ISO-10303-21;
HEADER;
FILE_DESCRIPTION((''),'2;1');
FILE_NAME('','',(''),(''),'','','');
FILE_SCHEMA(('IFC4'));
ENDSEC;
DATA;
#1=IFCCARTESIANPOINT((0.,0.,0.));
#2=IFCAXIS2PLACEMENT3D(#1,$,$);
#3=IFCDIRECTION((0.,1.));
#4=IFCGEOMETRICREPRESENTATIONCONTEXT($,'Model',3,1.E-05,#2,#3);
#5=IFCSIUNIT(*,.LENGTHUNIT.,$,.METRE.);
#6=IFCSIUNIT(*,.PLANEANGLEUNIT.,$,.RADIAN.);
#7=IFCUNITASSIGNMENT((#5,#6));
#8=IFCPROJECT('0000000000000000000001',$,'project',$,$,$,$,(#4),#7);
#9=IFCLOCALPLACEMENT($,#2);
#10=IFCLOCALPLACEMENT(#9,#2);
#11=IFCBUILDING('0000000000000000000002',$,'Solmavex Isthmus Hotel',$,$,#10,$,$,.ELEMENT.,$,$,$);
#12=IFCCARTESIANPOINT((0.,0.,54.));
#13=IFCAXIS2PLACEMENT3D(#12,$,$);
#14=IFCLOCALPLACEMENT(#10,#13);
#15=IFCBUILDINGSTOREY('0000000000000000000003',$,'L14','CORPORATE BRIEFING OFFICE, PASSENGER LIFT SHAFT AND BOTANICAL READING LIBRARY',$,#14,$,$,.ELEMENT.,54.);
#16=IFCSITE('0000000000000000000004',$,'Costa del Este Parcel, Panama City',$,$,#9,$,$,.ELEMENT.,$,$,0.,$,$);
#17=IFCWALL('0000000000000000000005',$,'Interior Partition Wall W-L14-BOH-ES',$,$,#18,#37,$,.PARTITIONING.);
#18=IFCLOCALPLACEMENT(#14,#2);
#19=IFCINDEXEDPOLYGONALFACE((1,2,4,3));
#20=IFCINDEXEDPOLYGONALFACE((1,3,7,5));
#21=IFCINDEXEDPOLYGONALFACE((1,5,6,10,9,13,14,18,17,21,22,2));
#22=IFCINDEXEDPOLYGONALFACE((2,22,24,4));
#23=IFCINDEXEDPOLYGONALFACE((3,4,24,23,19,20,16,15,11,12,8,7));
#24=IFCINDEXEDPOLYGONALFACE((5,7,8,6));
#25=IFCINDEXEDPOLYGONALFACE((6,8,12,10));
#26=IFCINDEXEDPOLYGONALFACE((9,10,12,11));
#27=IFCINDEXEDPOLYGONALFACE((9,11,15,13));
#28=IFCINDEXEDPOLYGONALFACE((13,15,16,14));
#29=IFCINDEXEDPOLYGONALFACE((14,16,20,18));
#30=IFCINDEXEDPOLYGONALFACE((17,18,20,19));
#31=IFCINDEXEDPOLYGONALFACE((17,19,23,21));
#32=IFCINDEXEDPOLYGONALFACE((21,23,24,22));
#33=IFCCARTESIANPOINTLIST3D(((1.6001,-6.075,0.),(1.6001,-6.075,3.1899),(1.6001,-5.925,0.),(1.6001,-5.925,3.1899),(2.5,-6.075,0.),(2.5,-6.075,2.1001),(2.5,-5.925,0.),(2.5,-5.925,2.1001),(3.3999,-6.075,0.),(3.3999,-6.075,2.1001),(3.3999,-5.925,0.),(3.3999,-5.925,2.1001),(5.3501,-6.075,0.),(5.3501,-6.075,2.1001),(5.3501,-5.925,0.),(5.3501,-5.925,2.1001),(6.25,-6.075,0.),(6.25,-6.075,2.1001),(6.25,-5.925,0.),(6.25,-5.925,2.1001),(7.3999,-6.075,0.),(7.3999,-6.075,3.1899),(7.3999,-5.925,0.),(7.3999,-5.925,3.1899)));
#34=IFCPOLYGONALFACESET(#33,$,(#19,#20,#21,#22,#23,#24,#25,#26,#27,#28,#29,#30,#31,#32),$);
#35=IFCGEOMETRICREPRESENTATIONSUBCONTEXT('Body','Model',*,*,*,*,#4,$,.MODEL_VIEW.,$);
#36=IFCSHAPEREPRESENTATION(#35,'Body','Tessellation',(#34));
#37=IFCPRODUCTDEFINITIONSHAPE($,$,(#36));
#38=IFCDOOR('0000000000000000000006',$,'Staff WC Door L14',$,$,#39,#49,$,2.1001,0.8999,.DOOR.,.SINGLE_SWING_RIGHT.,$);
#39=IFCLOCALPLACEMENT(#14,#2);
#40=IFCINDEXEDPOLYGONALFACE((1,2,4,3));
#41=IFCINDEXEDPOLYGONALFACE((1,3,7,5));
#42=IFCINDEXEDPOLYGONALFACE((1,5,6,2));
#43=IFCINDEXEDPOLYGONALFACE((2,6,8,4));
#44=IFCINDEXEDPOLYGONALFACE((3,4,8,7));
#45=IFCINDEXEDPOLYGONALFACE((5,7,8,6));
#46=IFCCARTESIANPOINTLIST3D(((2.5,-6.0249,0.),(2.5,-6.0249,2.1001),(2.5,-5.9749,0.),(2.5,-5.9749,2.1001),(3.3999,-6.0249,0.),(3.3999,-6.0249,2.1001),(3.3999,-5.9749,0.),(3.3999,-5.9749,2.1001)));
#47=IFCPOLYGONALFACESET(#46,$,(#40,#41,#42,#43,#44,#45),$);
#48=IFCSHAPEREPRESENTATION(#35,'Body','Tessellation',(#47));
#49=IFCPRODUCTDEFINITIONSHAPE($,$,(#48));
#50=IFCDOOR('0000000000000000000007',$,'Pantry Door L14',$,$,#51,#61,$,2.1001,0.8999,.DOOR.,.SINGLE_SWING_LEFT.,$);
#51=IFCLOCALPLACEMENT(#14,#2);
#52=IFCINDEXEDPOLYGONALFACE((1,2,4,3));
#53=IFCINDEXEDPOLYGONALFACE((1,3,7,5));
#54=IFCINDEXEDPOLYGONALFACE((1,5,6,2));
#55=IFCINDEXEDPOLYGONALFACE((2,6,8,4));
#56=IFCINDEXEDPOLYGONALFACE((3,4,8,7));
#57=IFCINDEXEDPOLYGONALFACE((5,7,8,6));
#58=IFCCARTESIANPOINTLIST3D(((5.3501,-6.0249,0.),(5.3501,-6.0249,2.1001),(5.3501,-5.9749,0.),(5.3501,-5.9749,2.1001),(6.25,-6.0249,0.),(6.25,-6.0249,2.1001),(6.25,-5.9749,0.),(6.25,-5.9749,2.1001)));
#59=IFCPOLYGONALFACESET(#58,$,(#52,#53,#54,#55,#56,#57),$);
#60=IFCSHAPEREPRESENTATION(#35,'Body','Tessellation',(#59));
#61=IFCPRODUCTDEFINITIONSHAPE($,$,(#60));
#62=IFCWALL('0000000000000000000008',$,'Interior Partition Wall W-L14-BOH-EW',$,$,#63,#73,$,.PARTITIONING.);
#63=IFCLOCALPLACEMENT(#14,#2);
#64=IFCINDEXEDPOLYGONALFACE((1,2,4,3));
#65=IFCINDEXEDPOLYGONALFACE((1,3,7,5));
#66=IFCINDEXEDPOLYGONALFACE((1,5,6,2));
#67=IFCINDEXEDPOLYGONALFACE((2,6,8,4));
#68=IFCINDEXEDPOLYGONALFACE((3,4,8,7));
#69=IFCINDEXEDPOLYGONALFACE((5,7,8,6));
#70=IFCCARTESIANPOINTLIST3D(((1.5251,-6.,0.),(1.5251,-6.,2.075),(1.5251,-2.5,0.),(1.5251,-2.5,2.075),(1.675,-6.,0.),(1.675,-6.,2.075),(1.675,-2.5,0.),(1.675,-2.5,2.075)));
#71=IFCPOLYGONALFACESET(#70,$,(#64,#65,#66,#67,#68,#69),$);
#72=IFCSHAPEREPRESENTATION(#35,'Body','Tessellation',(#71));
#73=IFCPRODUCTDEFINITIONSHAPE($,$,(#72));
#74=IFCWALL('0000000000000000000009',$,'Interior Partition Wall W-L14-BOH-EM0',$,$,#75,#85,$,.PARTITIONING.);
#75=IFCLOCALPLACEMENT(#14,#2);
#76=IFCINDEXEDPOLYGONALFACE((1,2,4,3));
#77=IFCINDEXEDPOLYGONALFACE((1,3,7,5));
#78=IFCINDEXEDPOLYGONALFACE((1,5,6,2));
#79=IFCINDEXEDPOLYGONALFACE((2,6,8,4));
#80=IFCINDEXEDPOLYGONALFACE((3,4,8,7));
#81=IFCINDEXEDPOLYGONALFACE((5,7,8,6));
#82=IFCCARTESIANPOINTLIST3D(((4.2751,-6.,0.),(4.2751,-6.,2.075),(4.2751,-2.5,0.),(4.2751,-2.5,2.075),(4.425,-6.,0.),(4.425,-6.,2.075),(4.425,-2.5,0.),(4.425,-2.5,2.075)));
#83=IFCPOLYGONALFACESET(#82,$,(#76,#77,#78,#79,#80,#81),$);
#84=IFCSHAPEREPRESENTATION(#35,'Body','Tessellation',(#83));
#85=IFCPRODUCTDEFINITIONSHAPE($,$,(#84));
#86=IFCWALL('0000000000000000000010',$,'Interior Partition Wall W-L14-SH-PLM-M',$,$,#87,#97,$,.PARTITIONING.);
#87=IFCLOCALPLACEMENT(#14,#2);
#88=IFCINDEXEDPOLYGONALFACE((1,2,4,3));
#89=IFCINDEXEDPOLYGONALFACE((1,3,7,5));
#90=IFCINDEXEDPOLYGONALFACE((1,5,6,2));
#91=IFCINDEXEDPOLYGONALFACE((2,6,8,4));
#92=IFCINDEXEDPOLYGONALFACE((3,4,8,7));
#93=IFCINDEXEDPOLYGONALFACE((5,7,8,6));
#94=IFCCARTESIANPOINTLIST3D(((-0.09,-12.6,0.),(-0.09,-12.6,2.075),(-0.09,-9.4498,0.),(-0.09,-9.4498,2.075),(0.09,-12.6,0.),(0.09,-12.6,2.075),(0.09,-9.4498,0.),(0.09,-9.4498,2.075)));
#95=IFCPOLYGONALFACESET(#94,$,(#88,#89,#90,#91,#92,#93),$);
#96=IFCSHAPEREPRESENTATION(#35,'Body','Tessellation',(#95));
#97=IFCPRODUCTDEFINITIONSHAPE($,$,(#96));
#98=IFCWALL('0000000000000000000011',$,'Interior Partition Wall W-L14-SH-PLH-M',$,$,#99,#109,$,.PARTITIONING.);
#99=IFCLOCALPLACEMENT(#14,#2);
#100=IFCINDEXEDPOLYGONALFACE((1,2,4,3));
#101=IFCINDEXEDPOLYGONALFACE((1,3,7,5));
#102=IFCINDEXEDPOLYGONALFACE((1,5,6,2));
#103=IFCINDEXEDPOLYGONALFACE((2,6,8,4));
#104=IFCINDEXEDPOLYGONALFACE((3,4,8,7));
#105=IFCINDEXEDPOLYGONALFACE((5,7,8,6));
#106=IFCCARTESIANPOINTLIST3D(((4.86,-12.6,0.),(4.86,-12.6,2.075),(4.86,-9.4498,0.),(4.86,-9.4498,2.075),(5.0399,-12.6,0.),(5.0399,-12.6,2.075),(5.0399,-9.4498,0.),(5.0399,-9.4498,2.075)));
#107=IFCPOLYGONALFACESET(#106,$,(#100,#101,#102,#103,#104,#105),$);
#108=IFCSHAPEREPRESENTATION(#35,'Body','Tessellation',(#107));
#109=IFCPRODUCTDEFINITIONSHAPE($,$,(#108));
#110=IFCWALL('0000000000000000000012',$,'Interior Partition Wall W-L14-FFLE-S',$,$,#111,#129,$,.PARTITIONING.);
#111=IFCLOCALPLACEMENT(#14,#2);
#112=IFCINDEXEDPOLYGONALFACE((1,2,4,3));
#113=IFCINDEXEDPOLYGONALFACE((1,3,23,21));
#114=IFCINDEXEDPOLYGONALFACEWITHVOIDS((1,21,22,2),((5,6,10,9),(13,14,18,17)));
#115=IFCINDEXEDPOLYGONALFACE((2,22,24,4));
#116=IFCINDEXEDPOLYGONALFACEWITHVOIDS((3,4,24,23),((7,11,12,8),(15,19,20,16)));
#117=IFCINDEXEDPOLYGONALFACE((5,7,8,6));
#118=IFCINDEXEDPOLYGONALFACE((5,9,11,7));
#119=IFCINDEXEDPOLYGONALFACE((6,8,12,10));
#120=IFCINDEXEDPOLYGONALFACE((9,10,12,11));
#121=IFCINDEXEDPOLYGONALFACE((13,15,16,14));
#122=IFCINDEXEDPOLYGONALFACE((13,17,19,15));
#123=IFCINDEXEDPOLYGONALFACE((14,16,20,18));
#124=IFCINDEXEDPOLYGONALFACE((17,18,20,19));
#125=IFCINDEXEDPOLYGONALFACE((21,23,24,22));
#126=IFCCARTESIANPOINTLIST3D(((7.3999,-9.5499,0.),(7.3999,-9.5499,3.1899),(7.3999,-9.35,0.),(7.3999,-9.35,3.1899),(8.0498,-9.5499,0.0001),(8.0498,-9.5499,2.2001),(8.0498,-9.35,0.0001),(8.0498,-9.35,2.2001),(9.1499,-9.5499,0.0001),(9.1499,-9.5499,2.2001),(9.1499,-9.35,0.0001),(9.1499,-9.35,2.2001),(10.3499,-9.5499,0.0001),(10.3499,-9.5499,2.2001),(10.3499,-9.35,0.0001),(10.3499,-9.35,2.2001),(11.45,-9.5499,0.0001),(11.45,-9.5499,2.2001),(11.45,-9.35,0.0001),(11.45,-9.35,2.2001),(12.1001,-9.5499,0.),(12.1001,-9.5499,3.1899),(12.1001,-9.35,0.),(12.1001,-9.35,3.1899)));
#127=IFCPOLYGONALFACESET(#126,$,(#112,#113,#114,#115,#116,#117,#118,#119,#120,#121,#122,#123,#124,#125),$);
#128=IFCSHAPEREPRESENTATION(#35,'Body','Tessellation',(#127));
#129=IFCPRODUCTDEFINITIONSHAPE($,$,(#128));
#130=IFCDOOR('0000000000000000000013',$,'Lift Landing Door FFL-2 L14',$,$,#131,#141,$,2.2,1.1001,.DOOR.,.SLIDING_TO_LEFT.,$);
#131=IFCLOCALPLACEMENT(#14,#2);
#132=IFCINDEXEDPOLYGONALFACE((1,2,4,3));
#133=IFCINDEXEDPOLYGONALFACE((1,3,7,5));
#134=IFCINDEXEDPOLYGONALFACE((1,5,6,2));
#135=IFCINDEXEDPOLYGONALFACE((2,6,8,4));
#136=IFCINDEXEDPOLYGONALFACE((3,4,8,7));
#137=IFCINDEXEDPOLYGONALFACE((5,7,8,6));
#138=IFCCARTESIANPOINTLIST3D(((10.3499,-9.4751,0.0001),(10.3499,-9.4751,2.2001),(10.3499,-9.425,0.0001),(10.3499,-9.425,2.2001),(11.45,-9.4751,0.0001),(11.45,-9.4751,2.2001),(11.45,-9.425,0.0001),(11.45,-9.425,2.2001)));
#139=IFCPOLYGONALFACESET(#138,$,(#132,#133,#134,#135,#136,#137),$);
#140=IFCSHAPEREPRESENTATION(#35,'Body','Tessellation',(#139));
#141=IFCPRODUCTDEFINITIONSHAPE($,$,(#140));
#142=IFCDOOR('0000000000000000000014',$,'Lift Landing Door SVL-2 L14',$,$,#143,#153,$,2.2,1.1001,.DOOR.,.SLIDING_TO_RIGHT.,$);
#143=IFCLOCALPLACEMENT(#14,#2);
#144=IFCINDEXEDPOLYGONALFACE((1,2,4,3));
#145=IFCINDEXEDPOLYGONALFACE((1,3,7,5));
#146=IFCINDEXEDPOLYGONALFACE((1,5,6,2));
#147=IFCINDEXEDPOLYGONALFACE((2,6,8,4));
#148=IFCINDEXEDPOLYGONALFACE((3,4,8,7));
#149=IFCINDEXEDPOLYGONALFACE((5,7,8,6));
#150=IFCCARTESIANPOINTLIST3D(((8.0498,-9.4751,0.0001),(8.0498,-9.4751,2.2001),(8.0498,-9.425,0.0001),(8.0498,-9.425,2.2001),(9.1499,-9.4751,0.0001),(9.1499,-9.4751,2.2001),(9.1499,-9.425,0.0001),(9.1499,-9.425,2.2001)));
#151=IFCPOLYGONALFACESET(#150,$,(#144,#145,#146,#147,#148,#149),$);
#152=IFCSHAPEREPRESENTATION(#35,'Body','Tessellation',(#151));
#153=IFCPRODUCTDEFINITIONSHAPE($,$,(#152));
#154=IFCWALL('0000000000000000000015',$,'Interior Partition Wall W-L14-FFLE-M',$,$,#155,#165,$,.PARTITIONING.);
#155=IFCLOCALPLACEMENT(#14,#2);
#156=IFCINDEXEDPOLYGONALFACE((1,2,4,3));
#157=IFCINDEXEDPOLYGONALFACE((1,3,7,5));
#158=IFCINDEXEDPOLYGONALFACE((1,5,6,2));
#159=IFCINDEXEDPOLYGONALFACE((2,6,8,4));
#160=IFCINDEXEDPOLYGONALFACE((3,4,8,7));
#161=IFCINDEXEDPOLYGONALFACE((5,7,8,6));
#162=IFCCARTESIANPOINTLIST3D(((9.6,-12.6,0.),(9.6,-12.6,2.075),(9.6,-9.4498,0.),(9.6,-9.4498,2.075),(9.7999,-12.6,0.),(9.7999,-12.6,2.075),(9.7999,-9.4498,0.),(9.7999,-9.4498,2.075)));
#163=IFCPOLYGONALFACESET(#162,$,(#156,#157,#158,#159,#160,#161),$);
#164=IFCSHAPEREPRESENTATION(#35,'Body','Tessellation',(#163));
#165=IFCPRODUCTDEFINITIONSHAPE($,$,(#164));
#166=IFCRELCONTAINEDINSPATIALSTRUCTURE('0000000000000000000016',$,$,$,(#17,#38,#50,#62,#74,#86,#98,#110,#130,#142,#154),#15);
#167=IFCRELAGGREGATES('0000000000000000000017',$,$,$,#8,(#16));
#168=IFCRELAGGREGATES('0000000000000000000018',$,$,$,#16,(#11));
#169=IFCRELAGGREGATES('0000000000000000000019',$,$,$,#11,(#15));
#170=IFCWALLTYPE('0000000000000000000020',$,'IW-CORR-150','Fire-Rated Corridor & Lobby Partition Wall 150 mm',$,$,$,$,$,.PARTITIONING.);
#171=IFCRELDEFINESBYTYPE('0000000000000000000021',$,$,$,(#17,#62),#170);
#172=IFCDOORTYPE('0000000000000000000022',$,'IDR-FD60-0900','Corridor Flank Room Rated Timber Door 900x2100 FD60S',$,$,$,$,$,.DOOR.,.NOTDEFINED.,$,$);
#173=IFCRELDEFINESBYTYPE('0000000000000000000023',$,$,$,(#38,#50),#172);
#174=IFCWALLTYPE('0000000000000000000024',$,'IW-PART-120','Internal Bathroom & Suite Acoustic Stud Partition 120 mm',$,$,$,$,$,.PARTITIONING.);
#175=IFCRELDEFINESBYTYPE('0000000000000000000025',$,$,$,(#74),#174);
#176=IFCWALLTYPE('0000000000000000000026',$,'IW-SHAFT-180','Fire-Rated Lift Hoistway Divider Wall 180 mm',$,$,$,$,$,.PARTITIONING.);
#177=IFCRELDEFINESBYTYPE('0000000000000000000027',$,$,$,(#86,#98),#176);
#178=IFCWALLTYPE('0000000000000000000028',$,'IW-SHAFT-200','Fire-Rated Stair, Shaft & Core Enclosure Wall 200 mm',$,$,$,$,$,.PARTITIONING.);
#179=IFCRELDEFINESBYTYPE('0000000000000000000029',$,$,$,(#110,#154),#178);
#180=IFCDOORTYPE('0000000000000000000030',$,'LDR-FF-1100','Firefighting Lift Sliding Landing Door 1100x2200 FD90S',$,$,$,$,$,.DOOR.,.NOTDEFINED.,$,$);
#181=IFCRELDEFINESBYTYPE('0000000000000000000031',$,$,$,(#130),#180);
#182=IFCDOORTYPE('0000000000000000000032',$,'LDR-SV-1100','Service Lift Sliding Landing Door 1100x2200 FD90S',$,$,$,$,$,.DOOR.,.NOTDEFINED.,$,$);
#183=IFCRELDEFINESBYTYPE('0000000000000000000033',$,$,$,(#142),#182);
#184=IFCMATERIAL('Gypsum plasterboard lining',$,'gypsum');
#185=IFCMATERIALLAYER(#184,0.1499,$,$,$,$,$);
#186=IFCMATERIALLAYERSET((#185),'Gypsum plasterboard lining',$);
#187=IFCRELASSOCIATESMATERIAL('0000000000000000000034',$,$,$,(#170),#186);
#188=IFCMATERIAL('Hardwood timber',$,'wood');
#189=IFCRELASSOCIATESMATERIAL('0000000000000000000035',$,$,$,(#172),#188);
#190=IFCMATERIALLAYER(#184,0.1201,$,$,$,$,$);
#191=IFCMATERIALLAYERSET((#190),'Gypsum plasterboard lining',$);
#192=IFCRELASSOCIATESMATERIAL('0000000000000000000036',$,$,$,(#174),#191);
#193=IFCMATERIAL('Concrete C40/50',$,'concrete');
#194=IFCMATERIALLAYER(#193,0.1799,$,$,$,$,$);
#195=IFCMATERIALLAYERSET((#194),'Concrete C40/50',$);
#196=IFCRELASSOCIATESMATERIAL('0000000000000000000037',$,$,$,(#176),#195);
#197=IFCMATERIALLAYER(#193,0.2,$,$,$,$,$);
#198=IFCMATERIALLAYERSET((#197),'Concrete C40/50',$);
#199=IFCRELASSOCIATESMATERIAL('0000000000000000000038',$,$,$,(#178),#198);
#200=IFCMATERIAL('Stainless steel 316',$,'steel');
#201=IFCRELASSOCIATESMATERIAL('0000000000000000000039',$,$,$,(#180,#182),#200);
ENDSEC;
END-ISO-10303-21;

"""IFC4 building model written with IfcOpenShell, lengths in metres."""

from ifc_helpers import new_model, si_unit, direction, frame, frame_2d, origin, place, context, subcontext, project, spatial, rectangle, extrude, material, layer, layer_set, type_object, element, fill, save


model = new_model("IFC4")

# Units and contexts
model_context = context("Model", 3, precision=1e-05, world=origin(), true_north=direction((0.0, 1.0)))
body_context = subcontext(model_context, "Body", "Model", "MODEL_VIEW")
ifc_project = project(units=[si_unit("LENGTHUNIT", "METRE"), si_unit("PLANEANGLEUNIT", "RADIAN")], contexts=[model_context])

# Site, building, storey
site_placement = place(None, origin())
site = spatial("IfcSite", under=ifc_project, at=site_placement, Name="Costa del Este Parcel, Panama City", CompositionType="ELEMENT", RefElevation=0.0)
building_placement = place(site_placement, origin())
building = spatial("IfcBuilding", under=site, at=building_placement, Name="Solmavex Isthmus Hotel", CompositionType="ELEMENT")
storey_placement = place(building_placement, frame((0.0, 0.0, 54.0)))
storey = spatial("IfcBuildingStorey", under=building, at=storey_placement, Name="L14", Description="CORPORATE BRIEFING OFFICE, PASSENGER LIFT SHAFT AND BOTANICAL READING LIBRARY", CompositionType="ELEMENT", Elevation=54.0)

# Shared definitions
ifc_material_1 = material(Name="Concrete C40/50", Category="concrete")

# Shared definitions
ifc_material_2 = material(Name="Gypsum plasterboard lining", Category="gypsum")
ifc_material_3 = material(Name="Hardwood timber", Category="wood")

# Wall, openings, doors
ifc_layer_1 = layer(ifc_material_2, 0.1499)
ifc_layer_set_1 = layer_set([ifc_layer_1], Name="Gypsum plasterboard lining")
wall_type_1 = type_object("IfcWallType", Name="IW-CORR-150", Description="Fire-Rated Corridor & Lobby Partition Wall 150 mm", PredefinedType="PARTITIONING", material=ifc_layer_set_1)
wall_1_placement = place(storey_placement, frame((1.6001, -6.0, 0.0), z_axis=(0.0, 0.0, 1.0), x_axis=(1.0, 0.0, 0.0)))
wall_1 = element("IfcWall", 1, at=wall_1_placement, inside=storey, type_object=wall_type_1, Name="Interior Partition Wall W-L14-BOH-ES", PredefinedType="PARTITIONING", context=body_context, shape_type="SweptSolid", body=[
    extrude(rectangle(XDim=5.7998, YDim=0.1499, at=frame_2d((2.8999, 0.0))), origin(), (0.0, 0.0, 1.0), 3.1899),
])
opening_1_placement = place(wall_1_placement, frame((0.8999, 0.0, 0.0)))
opening_1 = element("IfcOpeningElement", 2, at=opening_1_placement, cuts=wall_1, PredefinedType="OPENING", context=body_context, shape_type="SweptSolid", body=[
    extrude(rectangle(XDim=0.8999, YDim=2.1001, at=frame_2d((0.45, 1.05))), frame((0.0, 0.085, 0.0), z_axis=(0.0, -1.0, 0.0), x_axis=(1.0, 0.0, 0.0)), (0.0, 0.0, 1.0), 0.1699),
])
opening_2_placement = place(wall_1_placement, frame((3.75, 0.0, 0.0)))
opening_2 = element("IfcOpeningElement", 3, at=opening_2_placement, cuts=wall_1, PredefinedType="OPENING", context=body_context, shape_type="SweptSolid", body=[
    extrude(rectangle(XDim=0.8999, YDim=2.1001, at=frame_2d((0.45, 1.05))), frame((0.0, 0.085, 0.0), z_axis=(0.0, -1.0, 0.0), x_axis=(1.0, 0.0, 0.0)), (0.0, 0.0, 1.0), 0.1699),
])
door_type_1 = type_object("IfcDoorType", Name="IDR-FD60-0900", Description="Corridor Flank Room Rated Timber Door 900x2100 FD60S", OperationType="NOTDEFINED", PredefinedType="DOOR", material=ifc_material_3)
door_1_placement = place(opening_1_placement, frame((0.8999, 0.0, 0.0), z_axis=(0.0, 0.0, 1.0), x_axis=(-1.0, 0.0, 0.0)))
door_1 = element("IfcDoor", 4, at=door_1_placement, inside=storey, type_object=door_type_1, Name="Staff WC Door L14", OperationType="SINGLE_SWING_RIGHT", OverallHeight=2.1001, OverallWidth=0.8999, PredefinedType="DOOR", context=body_context, shape_type="SweptSolid", body=[
    extrude(rectangle(XDim=0.8999, YDim=2.1001, at=frame_2d((0.45, 1.05))), frame((0.0, 0.0249, 0.0), z_axis=(0.0, -1.0, 0.0), x_axis=(1.0, 0.0, 0.0)), (0.0, 0.0, 1.0), 0.05),
])
fill(opening_1, door_1)
door_2_placement = place(opening_2_placement, frame((0.8999, 0.0, 0.0), z_axis=(0.0, 0.0, 1.0), x_axis=(-1.0, 0.0, 0.0)))
door_2 = element("IfcDoor", 5, at=door_2_placement, inside=storey, type_object=door_type_1, Name="Pantry Door L14", OperationType="SINGLE_SWING_LEFT", OverallHeight=2.1001, OverallWidth=0.8999, PredefinedType="DOOR", context=body_context, shape_type="SweptSolid", body=[
    extrude(rectangle(XDim=0.8999, YDim=2.1001, at=frame_2d((0.45, 1.05))), frame((0.0, 0.0249, 0.0), z_axis=(0.0, -1.0, 0.0), x_axis=(1.0, 0.0, 0.0)), (0.0, 0.0, 1.0), 0.05),
])
fill(opening_2, door_2)

# Walls
wall_2_placement = place(storey_placement, frame((1.6001, -6.0, 0.0), z_axis=(0.0, 0.0, 1.0), x_axis=(0.0, 1.0, 0.0)))
element("IfcWall", 6, at=wall_2_placement, inside=storey, type_object=wall_type_1, Name="Interior Partition Wall W-L14-BOH-EW", PredefinedType="PARTITIONING", context=body_context, shape_type="SweptSolid", body=[
    extrude(rectangle(XDim=3.5, YDim=0.1499, at=frame_2d((1.75, 0.0))), origin(), (0.0, 0.0, 1.0), 2.075),
])
ifc_layer_2 = layer(ifc_material_2, 0.1201)
ifc_layer_set_2 = layer_set([ifc_layer_2], Name="Gypsum plasterboard lining")
wall_type_2 = type_object("IfcWallType", Name="IW-PART-120", Description="Internal Bathroom & Suite Acoustic Stud Partition 120 mm", PredefinedType="PARTITIONING", material=ifc_layer_set_2)
wall_3_placement = place(storey_placement, frame((4.3501, -6.0, 0.0), z_axis=(0.0, 0.0, 1.0), x_axis=(0.0, 1.0, 0.0)))
element("IfcWall", 7, at=wall_3_placement, inside=storey, type_object=wall_type_2, Name="Interior Partition Wall W-L14-BOH-EM0", PredefinedType="PARTITIONING", context=body_context, shape_type="SweptSolid", body=[
    extrude(rectangle(XDim=3.5, YDim=0.1499, at=frame_2d((1.75, 0.0))), origin(), (0.0, 0.0, 1.0), 2.075),
])
ifc_layer_3 = layer(ifc_material_1, 0.1799)
ifc_layer_set_3 = layer_set([ifc_layer_3], Name="Concrete C40/50")
wall_type_3 = type_object("IfcWallType", Name="IW-SHAFT-180", Description="Fire-Rated Lift Hoistway Divider Wall 180 mm", PredefinedType="PARTITIONING", material=ifc_layer_set_3)
for number, where, z_axis, x_axis, name in (
    (8, (0.0, -12.6001, 0.0), (0.0, 0.0, 1.0), (0.0, 1.0, 0.0), "Interior Partition Wall W-L14-SH-PLM-M"),
    (9, (4.95, -12.6001, 0.0), (0.0, 0.0, 1.0), (0.0, 1.0, 0.0), "Interior Partition Wall W-L14-SH-PLH-M"),
):
    element("IfcWall", number, at=place(storey_placement, frame(where, z_axis=z_axis, x_axis=x_axis)), inside=storey, type_object=wall_type_3, Name=name, PredefinedType="PARTITIONING", context=body_context, shape_type="SweptSolid", body=[
        extrude(rectangle(XDim=3.1501, YDim=0.1799, at=frame_2d((1.5752, 0.0))), origin(), (0.0, 0.0, 1.0), 2.075),
    ])

# Wall, openings, doors
ifc_layer_4 = layer(ifc_material_1, 0.2)
ifc_layer_set_4 = layer_set([ifc_layer_4], Name="Concrete C40/50")
wall_type_4 = type_object("IfcWallType", Name="IW-SHAFT-200", Description="Fire-Rated Stair, Shaft & Core Enclosure Wall 200 mm", PredefinedType="PARTITIONING", material=ifc_layer_set_4)
wall_4_placement = place(storey_placement, frame((7.3999, -9.45, 0.0), z_axis=(0.0, 0.0, 1.0), x_axis=(1.0, 0.0, 0.0)))
wall_4 = element("IfcWall", 10, at=wall_4_placement, inside=storey, type_object=wall_type_4, Name="Interior Partition Wall W-L14-FFLE-S", PredefinedType="PARTITIONING", context=body_context, shape_type="SweptSolid", body=[
    extrude(rectangle(XDim=4.7002, YDim=0.2, at=frame_2d((2.3501, 0.0))), origin(), (0.0, 0.0, 1.0), 3.1899),
])
opening_3_placement = place(wall_4_placement, frame((2.95, 0.0, 0.0)))
opening_3 = element("IfcOpeningElement", 11, at=opening_3_placement, cuts=wall_4, PredefinedType="OPENING", context=body_context, shape_type="SweptSolid", body=[
    extrude(rectangle(XDim=1.1001, YDim=2.2, at=frame_2d((0.55, 1.1001))), frame((0.0, 0.1099, 0.0), z_axis=(0.0, -1.0, 0.0), x_axis=(1.0, 0.0, 0.0)), (0.0, 0.0, 1.0), 0.22),
])
opening_4_placement = place(wall_4_placement, frame((0.6499, 0.0, 0.0)))
opening_4 = element("IfcOpeningElement", 12, at=opening_4_placement, cuts=wall_4, PredefinedType="OPENING", context=body_context, shape_type="SweptSolid", body=[
    extrude(rectangle(XDim=1.1001, YDim=2.2, at=frame_2d((0.55, 1.1001))), frame((0.0, 0.1099, 0.0), z_axis=(0.0, -1.0, 0.0), x_axis=(1.0, 0.0, 0.0)), (0.0, 0.0, 1.0), 0.22),
])
ifc_material_4 = material(Name="Stainless steel 316", Category="steel")
door_type_2 = type_object("IfcDoorType", Name="LDR-FF-1100", Description="Firefighting Lift Sliding Landing Door 1100x2200 FD90S", OperationType="NOTDEFINED", PredefinedType="DOOR", material=ifc_material_4)
door_3_placement = place(opening_3_placement, origin())
door_3 = element("IfcDoor", 13, at=door_3_placement, inside=storey, type_object=door_type_2, Name="Lift Landing Door FFL-2 L14", OperationType="SLIDING_TO_LEFT", OverallHeight=2.2, OverallWidth=1.1001, PredefinedType="DOOR", context=body_context, shape_type="SweptSolid", body=[
    extrude(rectangle(XDim=1.1001, YDim=2.2, at=frame_2d((0.55, 1.1001))), frame((0.0, 0.0249, 0.0), z_axis=(0.0, -1.0, 0.0), x_axis=(1.0, 0.0, 0.0)), (0.0, 0.0, 1.0), 0.05),
])
fill(opening_3, door_3)
door_type_3 = type_object("IfcDoorType", Name="LDR-SV-1100", Description="Service Lift Sliding Landing Door 1100x2200 FD90S", OperationType="NOTDEFINED", PredefinedType="DOOR", material=ifc_material_4)
door_4_placement = place(opening_4_placement, origin())
door_4 = element("IfcDoor", 14, at=door_4_placement, inside=storey, type_object=door_type_3, Name="Lift Landing Door SVL-2 L14", OperationType="SLIDING_TO_RIGHT", OverallHeight=2.2, OverallWidth=1.1001, PredefinedType="DOOR", context=body_context, shape_type="SweptSolid", body=[
    extrude(rectangle(XDim=1.1001, YDim=2.2, at=frame_2d((0.55, 1.1001))), frame((0.0, 0.0249, 0.0), z_axis=(0.0, -1.0, 0.0), x_axis=(1.0, 0.0, 0.0)), (0.0, 0.0, 1.0), 0.05),
])
fill(opening_4, door_4)

# Wall
for number, where, z_axis, x_axis, name in (
    (15, (9.7, -12.6001, 0.0), (0.0, 0.0, 1.0), (0.0, 1.0, 0.0), "Interior Partition Wall W-L14-FFLE-M"),
):
    element("IfcWall", number, at=place(storey_placement, frame(where, z_axis=z_axis, x_axis=x_axis)), inside=storey, type_object=wall_type_4, Name=name, PredefinedType="PARTITIONING", context=body_context, shape_type="SweptSolid", body=[
        extrude(rectangle(XDim=3.1501, YDim=0.2, at=frame_2d((1.5752, 0.0))), origin(), (0.0, 0.0, 1.0), 2.075),
    ])

save(model, "model.ifc")
